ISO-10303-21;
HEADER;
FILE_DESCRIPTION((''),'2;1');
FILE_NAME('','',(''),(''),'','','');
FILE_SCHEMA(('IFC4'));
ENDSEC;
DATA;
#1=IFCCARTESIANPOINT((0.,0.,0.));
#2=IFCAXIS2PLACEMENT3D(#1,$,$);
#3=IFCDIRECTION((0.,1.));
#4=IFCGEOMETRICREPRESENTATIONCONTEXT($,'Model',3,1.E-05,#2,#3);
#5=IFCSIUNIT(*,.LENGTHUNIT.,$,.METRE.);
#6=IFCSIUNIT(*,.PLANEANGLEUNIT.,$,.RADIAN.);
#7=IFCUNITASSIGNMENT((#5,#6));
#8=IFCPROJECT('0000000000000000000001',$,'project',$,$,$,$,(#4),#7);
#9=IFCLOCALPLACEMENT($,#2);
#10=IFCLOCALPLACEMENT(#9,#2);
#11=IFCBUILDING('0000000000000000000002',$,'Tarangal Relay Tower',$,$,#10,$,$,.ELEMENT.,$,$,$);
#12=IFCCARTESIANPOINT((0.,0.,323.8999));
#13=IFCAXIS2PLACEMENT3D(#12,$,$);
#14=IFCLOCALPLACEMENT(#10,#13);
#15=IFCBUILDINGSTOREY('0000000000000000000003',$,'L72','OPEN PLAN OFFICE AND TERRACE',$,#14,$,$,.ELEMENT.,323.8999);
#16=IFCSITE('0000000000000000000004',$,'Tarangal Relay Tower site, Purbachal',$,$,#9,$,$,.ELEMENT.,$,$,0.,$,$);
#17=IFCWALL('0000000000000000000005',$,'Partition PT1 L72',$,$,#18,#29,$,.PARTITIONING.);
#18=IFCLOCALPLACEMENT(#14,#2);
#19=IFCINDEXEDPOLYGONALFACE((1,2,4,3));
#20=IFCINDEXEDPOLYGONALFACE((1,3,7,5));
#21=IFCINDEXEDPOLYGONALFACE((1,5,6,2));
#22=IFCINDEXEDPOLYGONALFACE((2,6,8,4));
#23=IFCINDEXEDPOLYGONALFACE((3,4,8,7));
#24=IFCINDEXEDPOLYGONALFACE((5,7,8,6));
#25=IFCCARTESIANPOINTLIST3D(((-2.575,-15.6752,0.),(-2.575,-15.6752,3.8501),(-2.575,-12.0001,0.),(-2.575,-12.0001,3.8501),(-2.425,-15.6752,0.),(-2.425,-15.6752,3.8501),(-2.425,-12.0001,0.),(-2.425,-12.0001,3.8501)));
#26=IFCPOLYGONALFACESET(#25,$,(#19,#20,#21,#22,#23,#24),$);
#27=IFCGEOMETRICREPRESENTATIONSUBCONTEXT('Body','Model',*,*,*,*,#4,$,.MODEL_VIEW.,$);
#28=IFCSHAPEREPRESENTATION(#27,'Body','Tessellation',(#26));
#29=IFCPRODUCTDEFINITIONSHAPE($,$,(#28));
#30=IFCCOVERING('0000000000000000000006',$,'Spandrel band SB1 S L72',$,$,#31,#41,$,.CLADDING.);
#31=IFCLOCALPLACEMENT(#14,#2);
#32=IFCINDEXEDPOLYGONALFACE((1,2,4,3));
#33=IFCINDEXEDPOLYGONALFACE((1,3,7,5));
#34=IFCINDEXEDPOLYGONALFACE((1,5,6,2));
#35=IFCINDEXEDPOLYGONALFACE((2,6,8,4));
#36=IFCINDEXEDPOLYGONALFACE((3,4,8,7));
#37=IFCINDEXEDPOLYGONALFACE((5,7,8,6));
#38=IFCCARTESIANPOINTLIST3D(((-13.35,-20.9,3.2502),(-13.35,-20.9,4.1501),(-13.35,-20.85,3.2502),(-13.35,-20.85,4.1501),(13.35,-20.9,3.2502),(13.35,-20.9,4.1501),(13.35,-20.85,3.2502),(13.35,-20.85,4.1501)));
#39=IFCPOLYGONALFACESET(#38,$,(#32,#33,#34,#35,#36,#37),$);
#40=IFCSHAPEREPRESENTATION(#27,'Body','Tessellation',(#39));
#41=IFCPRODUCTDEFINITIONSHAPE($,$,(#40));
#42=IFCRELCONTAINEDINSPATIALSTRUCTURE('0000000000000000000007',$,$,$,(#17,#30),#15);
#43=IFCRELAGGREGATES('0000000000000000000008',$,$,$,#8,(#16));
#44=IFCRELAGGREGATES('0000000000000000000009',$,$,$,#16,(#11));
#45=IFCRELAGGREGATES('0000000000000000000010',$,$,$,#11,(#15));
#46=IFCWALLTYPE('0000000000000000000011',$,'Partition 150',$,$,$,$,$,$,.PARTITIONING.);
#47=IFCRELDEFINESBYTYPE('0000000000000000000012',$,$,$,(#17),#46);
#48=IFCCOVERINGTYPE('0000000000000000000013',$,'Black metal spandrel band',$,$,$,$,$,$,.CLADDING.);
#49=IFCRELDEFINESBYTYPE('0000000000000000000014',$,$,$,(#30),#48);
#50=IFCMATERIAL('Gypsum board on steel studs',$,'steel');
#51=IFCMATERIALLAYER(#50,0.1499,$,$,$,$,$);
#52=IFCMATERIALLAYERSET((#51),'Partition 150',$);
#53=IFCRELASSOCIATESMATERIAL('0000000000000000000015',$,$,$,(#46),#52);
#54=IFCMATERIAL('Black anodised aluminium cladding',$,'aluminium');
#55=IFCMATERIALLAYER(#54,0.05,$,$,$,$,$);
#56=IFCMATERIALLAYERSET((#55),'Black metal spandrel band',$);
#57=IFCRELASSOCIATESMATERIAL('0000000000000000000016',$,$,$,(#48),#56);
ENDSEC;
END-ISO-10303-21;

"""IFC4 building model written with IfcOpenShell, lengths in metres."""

from ifc_helpers import new_model, si_unit, direction, frame, frame_2d, origin, origin_2d, place, context, subcontext, project, spatial, rectangle, extrude, material, layer, layer_set, type_object, element, save


model = new_model("IFC4")

# Units and contexts
model_context = context("Model", 3, precision=1e-05, world=origin(), true_north=direction((0.0, 1.0)))
body_context = subcontext(model_context, "Body", "Model", "MODEL_VIEW")
ifc_project = project(units=[si_unit("LENGTHUNIT", "METRE"), si_unit("PLANEANGLEUNIT", "RADIAN")], contexts=[model_context])

# Site, building, storey
site_placement = place(None, origin())
site = spatial("IfcSite", under=ifc_project, at=site_placement, Name="Tarangal Relay Tower site, Purbachal", CompositionType="ELEMENT", RefElevation=0.0)
building_placement = place(site_placement, origin())
building = spatial("IfcBuilding", under=site, at=building_placement, Name="Tarangal Relay Tower", CompositionType="ELEMENT")
storey_placement = place(building_placement, frame((0.0, 0.0, 323.8999)))
storey = spatial("IfcBuildingStorey", under=building, at=storey_placement, Name="L72", Description="OPEN PLAN OFFICE AND TERRACE", CompositionType="ELEMENT", Elevation=323.8999)

# Shared definitions
ifc_material_1 = material(Name="Gypsum board on steel studs", Category="steel")
ifc_layer_1 = layer(ifc_material_1, 0.1499)
ifc_layer_set_1 = layer_set([ifc_layer_1], Name="Partition 150")
wall_type_1 = type_object("IfcWallType", Name="Partition 150", PredefinedType="PARTITIONING", material=ifc_layer_set_1)

# Wall
wall_1_placement = place(storey_placement, frame((-2.5, -15.675, 0.0), z_axis=(0.0, 0.0, 1.0), x_axis=(0.0, 1.0, 0.0)))
element("IfcWall", 1, at=wall_1_placement, inside=storey, type_object=wall_type_1, Name="Partition PT1 L72", PredefinedType="PARTITIONING", context=body_context, shape_type="SweptSolid", body=[
    extrude(rectangle(XDim=3.675, YDim=0.1499, at=frame_2d((1.8374, 0.0))), origin(), (0.0, 0.0, 1.0), 3.8501),
])

# Covering
ifc_material_2 = material(Name="Black anodised aluminium cladding", Category="aluminium")
ifc_layer_2 = layer(ifc_material_2, 0.05)
ifc_layer_set_2 = layer_set([ifc_layer_2], Name="Black metal spandrel band")
covering_type = type_object("IfcCoveringType", Name="Black metal spandrel band", PredefinedType="CLADDING", material=ifc_layer_set_2)
covering_placement = place(storey_placement, frame((0.0, -20.875, 3.2502), z_axis=(0.0, 0.0, 1.0), x_axis=(-1.0, 0.0, 0.0)))
element("IfcCovering", 2, at=covering_placement, inside=storey, type_object=covering_type, Name="Spandrel band SB1 S L72", PredefinedType="CLADDING", context=body_context, shape_type="SweptSolid", body=[
    extrude(rectangle(XDim=26.7, YDim=0.05, at=origin_2d()), origin(), (0.0, 0.0, 1.0), 0.8999),
])

save(model, "model.ifc")
